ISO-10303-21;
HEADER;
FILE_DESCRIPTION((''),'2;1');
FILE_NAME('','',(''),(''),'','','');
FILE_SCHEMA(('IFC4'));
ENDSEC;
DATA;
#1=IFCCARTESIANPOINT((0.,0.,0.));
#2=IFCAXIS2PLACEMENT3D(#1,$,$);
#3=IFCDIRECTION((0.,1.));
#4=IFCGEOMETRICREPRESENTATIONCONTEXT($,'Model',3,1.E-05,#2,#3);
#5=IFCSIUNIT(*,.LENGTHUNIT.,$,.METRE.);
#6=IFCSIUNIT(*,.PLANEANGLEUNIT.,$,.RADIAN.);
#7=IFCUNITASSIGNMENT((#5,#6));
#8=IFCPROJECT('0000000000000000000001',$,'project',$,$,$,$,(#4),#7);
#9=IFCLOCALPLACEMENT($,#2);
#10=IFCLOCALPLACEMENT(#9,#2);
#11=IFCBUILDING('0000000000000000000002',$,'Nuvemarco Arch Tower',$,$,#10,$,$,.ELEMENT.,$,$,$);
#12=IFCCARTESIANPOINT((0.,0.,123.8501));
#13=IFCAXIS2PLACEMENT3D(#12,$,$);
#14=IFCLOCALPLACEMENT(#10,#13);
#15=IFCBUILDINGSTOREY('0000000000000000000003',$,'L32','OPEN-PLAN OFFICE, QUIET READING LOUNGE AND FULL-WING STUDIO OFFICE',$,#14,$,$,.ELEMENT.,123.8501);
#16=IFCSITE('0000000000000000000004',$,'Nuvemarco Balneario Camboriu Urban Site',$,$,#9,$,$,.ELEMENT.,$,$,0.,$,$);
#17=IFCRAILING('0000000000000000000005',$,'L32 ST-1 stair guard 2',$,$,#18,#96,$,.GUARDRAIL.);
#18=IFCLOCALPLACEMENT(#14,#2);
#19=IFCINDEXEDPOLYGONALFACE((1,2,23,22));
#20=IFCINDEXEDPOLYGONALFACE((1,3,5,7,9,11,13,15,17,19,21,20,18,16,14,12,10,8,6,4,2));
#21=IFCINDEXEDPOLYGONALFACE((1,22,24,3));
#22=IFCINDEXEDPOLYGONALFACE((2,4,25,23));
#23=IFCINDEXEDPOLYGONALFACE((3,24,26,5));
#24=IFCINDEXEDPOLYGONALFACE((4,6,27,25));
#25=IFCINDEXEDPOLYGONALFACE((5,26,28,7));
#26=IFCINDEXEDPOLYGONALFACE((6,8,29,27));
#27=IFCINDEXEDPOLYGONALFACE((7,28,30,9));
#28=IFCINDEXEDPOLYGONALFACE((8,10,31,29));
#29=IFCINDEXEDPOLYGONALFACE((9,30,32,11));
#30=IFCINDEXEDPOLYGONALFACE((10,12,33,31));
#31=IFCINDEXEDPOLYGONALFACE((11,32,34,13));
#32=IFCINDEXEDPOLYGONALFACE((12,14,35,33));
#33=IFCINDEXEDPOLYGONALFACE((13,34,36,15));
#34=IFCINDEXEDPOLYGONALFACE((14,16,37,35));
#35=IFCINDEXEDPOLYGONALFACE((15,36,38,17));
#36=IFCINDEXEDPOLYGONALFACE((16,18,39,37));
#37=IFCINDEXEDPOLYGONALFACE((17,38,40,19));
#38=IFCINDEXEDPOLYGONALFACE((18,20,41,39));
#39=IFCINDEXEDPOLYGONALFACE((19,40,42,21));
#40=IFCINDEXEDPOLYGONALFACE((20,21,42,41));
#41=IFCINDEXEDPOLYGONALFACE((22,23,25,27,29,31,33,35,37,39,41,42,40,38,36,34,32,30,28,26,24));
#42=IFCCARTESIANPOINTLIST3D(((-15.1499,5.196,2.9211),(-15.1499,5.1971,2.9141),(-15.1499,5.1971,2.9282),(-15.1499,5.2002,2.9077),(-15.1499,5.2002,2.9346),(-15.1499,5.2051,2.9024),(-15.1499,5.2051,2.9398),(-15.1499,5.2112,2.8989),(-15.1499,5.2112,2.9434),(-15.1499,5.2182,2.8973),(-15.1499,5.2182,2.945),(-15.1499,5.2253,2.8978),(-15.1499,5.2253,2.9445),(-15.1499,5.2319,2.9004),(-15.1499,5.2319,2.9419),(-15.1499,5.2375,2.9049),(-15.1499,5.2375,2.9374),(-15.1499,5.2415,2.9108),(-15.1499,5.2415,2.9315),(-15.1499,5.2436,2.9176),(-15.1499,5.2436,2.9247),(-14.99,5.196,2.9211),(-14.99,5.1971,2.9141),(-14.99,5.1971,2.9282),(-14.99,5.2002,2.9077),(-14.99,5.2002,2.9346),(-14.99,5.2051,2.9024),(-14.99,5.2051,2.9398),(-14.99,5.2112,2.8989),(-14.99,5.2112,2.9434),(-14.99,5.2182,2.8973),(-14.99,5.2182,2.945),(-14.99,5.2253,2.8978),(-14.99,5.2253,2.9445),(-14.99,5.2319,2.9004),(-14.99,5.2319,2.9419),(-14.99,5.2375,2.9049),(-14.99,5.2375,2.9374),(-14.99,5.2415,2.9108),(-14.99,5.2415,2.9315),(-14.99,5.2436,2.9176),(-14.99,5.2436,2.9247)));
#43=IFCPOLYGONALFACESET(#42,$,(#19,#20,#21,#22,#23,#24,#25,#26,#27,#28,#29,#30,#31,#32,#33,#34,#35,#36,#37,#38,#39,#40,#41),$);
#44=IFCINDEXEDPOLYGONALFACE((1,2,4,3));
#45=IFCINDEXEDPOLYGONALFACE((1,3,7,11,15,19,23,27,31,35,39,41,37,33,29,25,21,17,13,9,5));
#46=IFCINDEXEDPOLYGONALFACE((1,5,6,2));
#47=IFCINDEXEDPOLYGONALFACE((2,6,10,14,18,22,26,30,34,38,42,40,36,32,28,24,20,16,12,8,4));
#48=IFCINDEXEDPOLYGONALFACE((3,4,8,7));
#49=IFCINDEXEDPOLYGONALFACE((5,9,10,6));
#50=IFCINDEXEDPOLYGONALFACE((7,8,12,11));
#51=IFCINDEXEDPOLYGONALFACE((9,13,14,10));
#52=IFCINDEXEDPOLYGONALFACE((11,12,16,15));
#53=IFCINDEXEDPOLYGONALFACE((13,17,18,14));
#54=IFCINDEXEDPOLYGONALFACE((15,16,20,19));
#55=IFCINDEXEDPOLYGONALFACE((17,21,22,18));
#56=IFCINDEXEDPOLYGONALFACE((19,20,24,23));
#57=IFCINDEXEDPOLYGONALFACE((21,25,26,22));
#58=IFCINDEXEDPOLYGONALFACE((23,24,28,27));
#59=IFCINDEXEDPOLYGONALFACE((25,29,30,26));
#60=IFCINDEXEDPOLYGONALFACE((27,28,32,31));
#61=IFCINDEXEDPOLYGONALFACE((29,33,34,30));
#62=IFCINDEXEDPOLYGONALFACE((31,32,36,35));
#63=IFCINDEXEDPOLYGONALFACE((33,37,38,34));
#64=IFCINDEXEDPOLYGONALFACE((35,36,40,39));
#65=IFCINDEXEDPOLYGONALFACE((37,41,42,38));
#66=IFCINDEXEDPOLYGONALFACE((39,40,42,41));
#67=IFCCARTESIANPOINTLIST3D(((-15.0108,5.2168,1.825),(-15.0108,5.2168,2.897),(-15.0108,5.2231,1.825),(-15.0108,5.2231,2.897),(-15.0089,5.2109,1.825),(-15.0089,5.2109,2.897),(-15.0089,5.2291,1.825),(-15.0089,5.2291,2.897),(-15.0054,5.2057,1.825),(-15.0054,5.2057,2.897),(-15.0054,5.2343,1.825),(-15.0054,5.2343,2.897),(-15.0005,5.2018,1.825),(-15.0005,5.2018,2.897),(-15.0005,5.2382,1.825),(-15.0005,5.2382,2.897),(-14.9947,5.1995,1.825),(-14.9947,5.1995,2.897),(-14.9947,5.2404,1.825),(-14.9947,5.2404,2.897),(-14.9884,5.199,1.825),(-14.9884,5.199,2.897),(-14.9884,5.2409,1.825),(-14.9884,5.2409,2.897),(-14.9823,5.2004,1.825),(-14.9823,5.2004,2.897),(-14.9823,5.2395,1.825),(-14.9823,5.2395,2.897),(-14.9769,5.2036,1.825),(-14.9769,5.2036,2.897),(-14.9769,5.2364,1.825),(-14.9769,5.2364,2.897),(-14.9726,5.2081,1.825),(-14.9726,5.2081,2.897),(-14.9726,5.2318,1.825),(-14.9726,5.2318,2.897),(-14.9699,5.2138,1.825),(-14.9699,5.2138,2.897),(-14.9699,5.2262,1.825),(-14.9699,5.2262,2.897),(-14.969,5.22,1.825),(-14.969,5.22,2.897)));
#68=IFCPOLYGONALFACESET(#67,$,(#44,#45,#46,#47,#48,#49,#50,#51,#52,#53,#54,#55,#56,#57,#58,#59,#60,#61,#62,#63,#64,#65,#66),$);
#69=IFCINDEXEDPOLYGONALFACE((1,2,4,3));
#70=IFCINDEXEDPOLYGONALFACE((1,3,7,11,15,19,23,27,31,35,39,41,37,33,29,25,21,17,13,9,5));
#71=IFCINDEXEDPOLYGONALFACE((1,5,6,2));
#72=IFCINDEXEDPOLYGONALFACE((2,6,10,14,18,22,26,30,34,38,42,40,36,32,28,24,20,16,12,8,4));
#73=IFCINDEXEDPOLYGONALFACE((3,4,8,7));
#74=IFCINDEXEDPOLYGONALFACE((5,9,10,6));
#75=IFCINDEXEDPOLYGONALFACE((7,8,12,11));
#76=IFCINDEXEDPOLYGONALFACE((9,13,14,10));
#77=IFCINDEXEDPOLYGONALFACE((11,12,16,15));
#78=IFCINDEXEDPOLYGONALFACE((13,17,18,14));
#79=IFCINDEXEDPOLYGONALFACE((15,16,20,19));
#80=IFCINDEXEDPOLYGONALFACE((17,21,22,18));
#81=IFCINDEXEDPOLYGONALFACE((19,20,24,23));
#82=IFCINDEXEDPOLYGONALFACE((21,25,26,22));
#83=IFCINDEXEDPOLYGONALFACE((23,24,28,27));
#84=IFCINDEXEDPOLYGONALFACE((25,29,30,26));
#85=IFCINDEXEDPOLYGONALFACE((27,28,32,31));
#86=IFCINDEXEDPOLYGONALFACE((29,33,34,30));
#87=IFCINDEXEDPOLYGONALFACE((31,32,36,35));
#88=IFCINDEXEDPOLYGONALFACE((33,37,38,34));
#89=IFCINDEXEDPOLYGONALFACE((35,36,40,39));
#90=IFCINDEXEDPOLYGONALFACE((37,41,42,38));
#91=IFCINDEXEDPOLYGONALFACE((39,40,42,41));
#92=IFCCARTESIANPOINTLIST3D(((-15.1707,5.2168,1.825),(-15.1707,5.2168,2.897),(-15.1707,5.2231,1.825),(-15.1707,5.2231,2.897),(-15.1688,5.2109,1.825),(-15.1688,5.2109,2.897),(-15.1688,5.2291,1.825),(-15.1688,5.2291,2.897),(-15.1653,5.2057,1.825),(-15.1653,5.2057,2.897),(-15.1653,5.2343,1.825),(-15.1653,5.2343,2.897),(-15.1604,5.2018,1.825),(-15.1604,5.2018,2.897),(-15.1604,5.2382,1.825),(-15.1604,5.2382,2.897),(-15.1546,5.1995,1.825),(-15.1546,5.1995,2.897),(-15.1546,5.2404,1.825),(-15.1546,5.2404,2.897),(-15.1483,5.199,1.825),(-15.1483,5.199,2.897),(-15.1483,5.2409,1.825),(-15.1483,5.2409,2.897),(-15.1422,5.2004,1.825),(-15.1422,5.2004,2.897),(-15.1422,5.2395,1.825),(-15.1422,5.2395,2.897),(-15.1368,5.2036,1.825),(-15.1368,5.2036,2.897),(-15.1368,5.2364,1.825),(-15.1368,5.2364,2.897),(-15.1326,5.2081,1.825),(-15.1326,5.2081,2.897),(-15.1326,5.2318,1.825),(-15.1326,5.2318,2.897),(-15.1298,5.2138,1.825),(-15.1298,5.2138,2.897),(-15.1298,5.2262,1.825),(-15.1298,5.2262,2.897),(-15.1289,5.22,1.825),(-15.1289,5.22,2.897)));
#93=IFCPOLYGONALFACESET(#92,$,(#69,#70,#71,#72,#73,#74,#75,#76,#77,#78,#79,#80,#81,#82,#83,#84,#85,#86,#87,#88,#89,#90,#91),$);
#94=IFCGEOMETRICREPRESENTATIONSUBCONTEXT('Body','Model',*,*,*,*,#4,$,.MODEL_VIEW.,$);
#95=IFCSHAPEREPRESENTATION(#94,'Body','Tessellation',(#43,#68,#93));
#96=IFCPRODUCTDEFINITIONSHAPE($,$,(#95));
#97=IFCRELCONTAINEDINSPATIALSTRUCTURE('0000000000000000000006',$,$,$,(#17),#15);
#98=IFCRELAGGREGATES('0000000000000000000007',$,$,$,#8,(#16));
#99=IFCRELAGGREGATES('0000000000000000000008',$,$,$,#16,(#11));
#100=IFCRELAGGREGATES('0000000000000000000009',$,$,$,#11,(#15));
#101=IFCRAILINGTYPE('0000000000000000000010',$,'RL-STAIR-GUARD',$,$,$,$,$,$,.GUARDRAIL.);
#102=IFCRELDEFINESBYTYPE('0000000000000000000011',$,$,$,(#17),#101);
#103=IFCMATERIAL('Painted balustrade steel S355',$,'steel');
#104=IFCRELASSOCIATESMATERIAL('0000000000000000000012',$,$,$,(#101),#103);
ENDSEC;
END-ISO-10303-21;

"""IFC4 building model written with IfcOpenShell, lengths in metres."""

from ifc_helpers import new_model, si_unit, direction, frame, origin, origin_2d, place, context, subcontext, project, spatial, circle, extrude, material, type_object, element, save


model = new_model("IFC4")

# Units and contexts
model_context = context("Model", 3, precision=1e-05, world=origin(), true_north=direction((0.0, 1.0)))
body_context = subcontext(model_context, "Body", "Model", "MODEL_VIEW")
ifc_project = project(units=[si_unit("LENGTHUNIT", "METRE"), si_unit("PLANEANGLEUNIT", "RADIAN")], contexts=[model_context])

# Site, building, storey
site_placement = place(None, origin())
site = spatial("IfcSite", under=ifc_project, at=site_placement, Name="Nuvemarco Balneario Camboriu Urban Site", CompositionType="ELEMENT", RefElevation=0.0)
building_placement = place(site_placement, origin())
building = spatial("IfcBuilding", under=site, at=building_placement, Name="Nuvemarco Arch Tower", CompositionType="ELEMENT")
storey_placement = place(building_placement, frame((0.0, 0.0, 123.8501)))
storey = spatial("IfcBuildingStorey", under=building, at=storey_placement, Name="L32", Description="OPEN-PLAN OFFICE, QUIET READING LOUNGE AND FULL-WING STUDIO OFFICE", CompositionType="ELEMENT", Elevation=123.8501)

# Railing
ifc_material_1 = material(Name="Painted balustrade steel S355", Category="steel")
railing_type_1 = type_object("IfcRailingType", Name="RL-STAIR-GUARD", PredefinedType="GUARDRAIL", material=ifc_material_1)
railing_1_placement = place(storey_placement, frame((-14.99, 5.22, 1.825)))
element("IfcRailing", 1, at=railing_1_placement, inside=storey, type_object=railing_type_1, Name="L32 ST-1 stair guard 2", PredefinedType="GUARDRAIL", context=body_context, shape_type="SweptSolid", body=[
    extrude(circle(Radius=0.0239, at=origin_2d()), frame((0.0, 0.0, 1.0962), z_axis=(-1.0, 0.0, 0.0), x_axis=(0.0, -1.0, 0.0)), (0.0, 0.0, 1.0), 0.1599),
    extrude(circle(Radius=0.021, at=origin_2d()), origin(), (0.0, 0.0, 1.0), 1.072),
    extrude(circle(Radius=0.021, at=origin_2d()), frame((-0.1599, 0.0, 0.0)), (0.0, 0.0, 1.0), 1.072),
])

save(model, "model.ifc")
